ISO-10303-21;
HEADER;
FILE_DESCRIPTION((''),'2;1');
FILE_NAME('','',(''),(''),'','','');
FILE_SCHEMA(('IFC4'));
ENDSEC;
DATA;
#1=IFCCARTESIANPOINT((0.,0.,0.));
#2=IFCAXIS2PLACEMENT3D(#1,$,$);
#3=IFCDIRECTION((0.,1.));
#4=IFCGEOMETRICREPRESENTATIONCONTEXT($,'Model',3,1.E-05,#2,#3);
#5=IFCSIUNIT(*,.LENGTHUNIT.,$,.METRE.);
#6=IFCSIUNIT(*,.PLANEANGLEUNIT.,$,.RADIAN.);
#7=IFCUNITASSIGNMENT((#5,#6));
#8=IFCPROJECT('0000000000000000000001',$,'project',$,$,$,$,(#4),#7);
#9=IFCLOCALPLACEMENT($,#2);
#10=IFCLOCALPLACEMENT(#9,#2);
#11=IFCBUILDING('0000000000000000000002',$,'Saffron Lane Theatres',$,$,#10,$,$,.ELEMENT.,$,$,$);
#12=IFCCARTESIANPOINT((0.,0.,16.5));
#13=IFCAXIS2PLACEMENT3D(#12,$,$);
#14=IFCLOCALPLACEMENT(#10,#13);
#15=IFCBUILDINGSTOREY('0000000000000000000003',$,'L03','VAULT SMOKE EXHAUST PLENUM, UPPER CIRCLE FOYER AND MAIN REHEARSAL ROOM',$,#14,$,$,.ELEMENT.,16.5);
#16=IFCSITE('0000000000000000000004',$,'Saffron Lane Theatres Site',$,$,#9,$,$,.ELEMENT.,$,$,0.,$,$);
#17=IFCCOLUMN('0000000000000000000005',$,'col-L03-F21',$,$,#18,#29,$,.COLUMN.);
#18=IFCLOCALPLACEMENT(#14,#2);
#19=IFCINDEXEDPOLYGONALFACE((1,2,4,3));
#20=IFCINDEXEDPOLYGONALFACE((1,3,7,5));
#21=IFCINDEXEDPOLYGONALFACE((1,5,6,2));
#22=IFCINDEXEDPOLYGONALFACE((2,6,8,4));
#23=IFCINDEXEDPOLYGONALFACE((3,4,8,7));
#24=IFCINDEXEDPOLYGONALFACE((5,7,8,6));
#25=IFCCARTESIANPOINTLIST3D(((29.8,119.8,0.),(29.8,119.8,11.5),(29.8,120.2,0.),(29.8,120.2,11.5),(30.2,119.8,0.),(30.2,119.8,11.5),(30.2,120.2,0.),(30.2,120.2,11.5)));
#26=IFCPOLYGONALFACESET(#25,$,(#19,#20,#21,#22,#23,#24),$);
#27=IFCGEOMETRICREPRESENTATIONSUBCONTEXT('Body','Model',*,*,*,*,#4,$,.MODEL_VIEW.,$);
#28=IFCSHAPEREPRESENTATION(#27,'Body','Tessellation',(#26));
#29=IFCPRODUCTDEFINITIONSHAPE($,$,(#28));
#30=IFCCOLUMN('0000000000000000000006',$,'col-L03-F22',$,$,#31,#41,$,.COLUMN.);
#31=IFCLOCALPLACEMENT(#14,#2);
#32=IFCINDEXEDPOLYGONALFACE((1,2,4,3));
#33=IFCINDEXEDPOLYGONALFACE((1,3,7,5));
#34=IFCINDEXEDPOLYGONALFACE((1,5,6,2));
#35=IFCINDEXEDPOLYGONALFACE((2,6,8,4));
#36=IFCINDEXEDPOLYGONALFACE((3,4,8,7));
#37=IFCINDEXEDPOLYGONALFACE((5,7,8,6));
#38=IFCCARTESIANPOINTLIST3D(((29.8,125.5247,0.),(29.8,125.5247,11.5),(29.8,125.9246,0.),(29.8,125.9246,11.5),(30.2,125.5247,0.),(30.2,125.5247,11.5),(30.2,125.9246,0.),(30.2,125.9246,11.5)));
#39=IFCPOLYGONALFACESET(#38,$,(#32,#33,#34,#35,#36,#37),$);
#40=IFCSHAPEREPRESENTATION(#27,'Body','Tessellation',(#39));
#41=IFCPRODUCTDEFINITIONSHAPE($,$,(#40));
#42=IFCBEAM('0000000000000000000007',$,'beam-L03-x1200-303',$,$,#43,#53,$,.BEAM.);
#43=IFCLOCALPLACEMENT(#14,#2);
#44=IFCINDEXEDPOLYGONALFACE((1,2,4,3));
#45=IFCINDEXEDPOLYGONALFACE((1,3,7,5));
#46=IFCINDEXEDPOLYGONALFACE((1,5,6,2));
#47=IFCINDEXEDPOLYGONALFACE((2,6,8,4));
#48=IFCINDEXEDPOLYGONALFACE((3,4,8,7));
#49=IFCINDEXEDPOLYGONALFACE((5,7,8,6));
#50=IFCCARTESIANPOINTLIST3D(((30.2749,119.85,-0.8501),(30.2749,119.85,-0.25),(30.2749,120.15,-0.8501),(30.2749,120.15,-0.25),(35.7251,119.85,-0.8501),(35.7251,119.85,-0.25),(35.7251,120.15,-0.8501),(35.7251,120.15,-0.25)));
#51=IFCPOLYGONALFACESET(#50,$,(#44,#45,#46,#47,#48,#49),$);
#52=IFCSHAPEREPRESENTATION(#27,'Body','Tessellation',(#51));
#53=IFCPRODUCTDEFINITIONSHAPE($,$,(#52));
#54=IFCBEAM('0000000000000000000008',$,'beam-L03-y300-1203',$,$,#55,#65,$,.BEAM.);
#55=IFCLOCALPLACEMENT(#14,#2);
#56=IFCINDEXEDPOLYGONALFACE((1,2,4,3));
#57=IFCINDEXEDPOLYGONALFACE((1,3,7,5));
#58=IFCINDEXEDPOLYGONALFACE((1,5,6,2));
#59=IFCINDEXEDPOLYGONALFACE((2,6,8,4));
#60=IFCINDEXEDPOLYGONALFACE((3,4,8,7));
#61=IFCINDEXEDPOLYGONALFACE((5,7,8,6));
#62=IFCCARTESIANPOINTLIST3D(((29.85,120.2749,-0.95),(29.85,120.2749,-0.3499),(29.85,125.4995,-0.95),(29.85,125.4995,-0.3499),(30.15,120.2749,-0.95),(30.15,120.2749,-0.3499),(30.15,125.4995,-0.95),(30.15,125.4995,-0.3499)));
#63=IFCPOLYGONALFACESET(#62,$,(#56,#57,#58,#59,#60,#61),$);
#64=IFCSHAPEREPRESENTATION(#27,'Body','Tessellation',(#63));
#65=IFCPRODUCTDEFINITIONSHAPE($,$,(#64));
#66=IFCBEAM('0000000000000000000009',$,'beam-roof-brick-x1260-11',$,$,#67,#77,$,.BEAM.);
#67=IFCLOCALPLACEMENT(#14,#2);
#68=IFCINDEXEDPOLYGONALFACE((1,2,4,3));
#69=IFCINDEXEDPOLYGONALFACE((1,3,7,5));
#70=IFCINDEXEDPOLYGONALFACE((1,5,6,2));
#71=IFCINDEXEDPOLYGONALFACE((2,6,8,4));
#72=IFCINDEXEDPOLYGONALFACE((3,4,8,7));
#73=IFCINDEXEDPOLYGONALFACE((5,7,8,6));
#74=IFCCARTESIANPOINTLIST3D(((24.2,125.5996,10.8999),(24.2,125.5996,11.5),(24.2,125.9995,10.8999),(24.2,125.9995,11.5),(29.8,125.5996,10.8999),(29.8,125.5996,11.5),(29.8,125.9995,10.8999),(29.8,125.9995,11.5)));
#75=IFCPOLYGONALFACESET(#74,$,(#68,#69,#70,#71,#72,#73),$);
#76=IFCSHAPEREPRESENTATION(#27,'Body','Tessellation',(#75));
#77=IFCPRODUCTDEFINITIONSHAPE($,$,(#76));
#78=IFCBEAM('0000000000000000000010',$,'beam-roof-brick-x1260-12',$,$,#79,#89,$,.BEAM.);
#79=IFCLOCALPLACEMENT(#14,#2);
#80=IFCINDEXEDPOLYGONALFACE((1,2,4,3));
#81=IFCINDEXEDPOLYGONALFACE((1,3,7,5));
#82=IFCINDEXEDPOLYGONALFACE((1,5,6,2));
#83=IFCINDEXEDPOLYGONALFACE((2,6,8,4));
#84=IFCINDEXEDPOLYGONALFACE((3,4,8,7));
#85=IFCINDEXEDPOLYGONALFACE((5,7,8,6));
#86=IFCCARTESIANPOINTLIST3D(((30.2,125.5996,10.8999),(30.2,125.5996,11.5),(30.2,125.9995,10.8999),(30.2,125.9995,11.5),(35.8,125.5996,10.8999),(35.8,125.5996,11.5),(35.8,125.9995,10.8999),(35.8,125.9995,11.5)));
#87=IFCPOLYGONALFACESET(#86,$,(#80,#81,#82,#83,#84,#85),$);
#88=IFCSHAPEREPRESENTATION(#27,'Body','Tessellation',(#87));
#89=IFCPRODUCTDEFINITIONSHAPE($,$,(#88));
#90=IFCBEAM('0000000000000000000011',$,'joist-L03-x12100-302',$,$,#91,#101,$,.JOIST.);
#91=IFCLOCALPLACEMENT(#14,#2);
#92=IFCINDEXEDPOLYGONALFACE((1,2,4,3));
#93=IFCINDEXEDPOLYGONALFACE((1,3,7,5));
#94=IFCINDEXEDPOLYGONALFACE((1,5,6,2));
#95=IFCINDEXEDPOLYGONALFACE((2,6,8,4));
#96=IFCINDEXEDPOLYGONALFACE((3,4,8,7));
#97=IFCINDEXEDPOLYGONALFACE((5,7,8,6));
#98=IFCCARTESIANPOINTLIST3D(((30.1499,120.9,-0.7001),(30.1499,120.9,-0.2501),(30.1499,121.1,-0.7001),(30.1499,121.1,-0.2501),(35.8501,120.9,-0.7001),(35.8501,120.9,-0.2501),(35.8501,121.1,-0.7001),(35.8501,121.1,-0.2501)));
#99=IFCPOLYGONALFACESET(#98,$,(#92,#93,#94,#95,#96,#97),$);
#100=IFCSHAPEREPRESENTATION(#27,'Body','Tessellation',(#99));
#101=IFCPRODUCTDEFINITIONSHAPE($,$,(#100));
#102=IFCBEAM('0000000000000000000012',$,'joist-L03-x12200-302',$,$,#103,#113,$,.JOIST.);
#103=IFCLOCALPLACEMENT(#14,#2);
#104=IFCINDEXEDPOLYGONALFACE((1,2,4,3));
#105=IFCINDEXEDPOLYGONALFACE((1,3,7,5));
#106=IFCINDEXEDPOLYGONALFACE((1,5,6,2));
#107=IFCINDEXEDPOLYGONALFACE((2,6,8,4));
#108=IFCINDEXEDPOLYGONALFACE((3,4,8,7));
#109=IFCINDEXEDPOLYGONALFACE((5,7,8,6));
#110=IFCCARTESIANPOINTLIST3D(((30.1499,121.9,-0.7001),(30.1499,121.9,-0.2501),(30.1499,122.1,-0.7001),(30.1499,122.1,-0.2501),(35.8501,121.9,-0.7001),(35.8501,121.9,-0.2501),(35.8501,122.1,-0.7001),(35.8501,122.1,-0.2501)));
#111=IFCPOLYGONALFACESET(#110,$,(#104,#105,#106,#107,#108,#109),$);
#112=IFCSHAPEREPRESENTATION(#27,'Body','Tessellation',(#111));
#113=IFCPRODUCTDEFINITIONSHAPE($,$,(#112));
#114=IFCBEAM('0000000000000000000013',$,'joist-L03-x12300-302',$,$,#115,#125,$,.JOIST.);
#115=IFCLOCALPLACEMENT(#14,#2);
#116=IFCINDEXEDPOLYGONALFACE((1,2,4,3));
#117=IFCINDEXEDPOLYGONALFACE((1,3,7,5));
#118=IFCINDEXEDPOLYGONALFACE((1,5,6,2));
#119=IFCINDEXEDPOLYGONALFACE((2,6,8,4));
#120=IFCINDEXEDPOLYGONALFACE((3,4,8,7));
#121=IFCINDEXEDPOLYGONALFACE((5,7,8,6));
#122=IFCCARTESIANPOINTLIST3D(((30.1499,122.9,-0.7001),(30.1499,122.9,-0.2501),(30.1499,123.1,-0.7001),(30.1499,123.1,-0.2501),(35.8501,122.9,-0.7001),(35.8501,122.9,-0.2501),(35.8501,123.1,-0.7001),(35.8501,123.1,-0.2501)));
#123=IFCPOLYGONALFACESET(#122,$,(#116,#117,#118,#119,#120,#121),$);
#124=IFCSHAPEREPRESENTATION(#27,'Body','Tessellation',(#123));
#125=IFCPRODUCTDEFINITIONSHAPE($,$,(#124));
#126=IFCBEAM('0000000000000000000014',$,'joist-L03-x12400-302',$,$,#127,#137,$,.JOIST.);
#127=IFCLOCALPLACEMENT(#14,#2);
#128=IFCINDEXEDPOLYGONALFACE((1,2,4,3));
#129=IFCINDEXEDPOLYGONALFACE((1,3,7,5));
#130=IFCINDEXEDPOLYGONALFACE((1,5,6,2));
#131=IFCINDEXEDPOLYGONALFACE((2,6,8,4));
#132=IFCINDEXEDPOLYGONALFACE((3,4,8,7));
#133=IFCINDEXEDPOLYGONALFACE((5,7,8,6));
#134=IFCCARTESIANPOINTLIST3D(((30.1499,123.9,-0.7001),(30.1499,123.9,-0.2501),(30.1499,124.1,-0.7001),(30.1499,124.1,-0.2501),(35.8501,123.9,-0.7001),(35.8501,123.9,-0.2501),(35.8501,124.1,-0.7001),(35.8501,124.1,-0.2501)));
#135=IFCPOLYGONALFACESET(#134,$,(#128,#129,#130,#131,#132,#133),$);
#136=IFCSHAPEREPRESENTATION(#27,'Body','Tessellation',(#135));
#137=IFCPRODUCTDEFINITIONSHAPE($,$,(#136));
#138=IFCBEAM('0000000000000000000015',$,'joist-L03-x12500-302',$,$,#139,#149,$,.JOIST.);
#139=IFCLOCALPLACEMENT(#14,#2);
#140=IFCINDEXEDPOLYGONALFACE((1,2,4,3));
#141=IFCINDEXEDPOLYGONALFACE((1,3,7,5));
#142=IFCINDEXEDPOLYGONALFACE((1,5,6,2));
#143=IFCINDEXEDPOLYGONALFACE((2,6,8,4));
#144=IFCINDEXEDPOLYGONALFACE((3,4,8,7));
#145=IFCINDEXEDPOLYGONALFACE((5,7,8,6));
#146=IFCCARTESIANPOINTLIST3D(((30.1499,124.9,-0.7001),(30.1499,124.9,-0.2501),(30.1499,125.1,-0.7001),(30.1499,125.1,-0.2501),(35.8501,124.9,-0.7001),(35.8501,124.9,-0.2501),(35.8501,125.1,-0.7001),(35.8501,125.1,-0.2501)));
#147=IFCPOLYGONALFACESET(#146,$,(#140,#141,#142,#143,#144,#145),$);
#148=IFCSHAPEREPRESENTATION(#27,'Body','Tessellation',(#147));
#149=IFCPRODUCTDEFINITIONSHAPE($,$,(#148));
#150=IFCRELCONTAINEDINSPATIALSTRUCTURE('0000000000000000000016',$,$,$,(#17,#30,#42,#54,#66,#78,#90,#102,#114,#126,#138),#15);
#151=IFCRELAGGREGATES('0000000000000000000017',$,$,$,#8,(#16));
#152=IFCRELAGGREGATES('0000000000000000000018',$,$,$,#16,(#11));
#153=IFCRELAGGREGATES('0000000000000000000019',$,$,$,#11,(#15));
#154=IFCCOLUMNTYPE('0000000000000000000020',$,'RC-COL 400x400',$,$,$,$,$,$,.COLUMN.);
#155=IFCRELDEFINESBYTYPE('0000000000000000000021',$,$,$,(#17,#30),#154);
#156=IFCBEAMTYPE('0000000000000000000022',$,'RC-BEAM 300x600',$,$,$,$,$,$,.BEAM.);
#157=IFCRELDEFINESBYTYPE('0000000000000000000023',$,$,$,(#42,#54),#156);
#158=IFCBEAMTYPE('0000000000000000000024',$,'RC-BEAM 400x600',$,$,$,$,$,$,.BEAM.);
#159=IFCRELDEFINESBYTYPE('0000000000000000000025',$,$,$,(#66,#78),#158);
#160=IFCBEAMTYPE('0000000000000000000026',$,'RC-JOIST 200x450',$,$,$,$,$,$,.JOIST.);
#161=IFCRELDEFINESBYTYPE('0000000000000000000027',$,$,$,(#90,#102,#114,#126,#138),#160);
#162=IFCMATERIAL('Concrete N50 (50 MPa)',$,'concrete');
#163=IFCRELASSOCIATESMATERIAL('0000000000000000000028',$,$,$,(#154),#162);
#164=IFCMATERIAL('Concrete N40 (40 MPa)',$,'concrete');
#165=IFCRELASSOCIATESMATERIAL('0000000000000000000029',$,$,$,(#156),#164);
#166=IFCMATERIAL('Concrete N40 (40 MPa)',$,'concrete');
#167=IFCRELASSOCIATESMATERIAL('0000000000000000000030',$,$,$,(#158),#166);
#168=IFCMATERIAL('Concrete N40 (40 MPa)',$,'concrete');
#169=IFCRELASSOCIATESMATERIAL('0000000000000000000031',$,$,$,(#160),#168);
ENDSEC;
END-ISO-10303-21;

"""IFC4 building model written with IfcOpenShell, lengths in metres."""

from ifc_helpers import new_model, si_unit, direction, frame, origin, origin_2d, place, context, subcontext, project, spatial, rectangle, extrude, material, material_profile, profile_set, type_object, element, save


model = new_model("IFC4")

# Units and contexts
model_context = context("Model", 3, precision=1e-05, world=origin(), true_north=direction((0.0, 1.0)))
body_context = subcontext(model_context, "Body", "Model", "MODEL_VIEW")
ifc_project = project(units=[si_unit("LENGTHUNIT", "METRE"), si_unit("PLANEANGLEUNIT", "RADIAN")], contexts=[model_context])

# Site, building, storey
site_placement = place(None, origin())
site = spatial("IfcSite", under=ifc_project, at=site_placement, Name="Saffron Lane Theatres Site", CompositionType="ELEMENT", RefElevation=0.0)
building_placement = place(site_placement, origin())
building = spatial("IfcBuilding", under=site, at=building_placement, Name="Saffron Lane Theatres", CompositionType="ELEMENT")
storey_placement = place(building_placement, frame((0.0, 0.0, 16.5)))
storey = spatial("IfcBuildingStorey", under=building, at=storey_placement, Name="L03", Description="VAULT SMOKE EXHAUST PLENUM, UPPER CIRCLE FOYER AND MAIN REHEARSAL ROOM", CompositionType="ELEMENT", Elevation=16.5)

# Columns
ifc_material_1 = material(Name="Concrete N50 (50 MPa)", Category="concrete")
ifc_material_profile_1 = material_profile(ifc_material_1, rectangle(XDim=0.3999, YDim=0.3999, at=origin_2d()))
ifc_profile_set_1 = profile_set([ifc_material_profile_1], Name="Concrete N50 (50 MPa)")
column_type = type_object("IfcColumnType", Name="RC-COL 400x400", PredefinedType="COLUMN", material=ifc_profile_set_1)
for number, where, z_axis, x_axis, name in (
    (1, (30.0, 120.0, 0.0), (0.0, 0.0, 1.0), (1.0, 0.0, 0.0), "col-L03-F21"),
    (2, (30.0, 125.7246, 0.0), (0.0, 0.0, 1.0), (1.0, 0.0, 0.0), "col-L03-F22"),
):
    element("IfcColumn", number, at=place(storey_placement, frame(where, z_axis=z_axis, x_axis=x_axis)), inside=storey, type_object=column_type, Name=name, PredefinedType="COLUMN", context=body_context, shape_type="SweptSolid", body=[
        extrude(rectangle(XDim=0.3999, YDim=0.3999, at=origin_2d()), origin(), (0.0, 0.0, 1.0), 11.5),
    ])

# Beams
ifc_material_2 = material(Name="Concrete N40 (40 MPa)", Category="concrete")
ifc_material_profile_2 = material_profile(ifc_material_2, rectangle(XDim=0.3, YDim=0.6001, at=origin_2d()))
ifc_profile_set_2 = profile_set([ifc_material_profile_2], Name="Concrete N40 (40 MPa)")
beam_type_1 = type_object("IfcBeamType", Name="RC-BEAM 300x600", PredefinedType="BEAM", material=ifc_profile_set_2)
beam_1_placement = place(storey_placement, frame((30.2749, 120.0, -0.55), z_axis=(1.0, 0.0, 0.0), x_axis=(0.0, 1.0, 0.0)))
element("IfcBeam", 3, at=beam_1_placement, inside=storey, type_object=beam_type_1, Name="beam-L03-x1200-303", PredefinedType="BEAM", context=body_context, shape_type="SweptSolid", body=[
    extrude(rectangle(XDim=0.3, YDim=0.6001, at=origin_2d()), origin(), (0.0, 0.0, 1.0), 5.4502),
])
beam_2_placement = place(storey_placement, frame((30.0, 120.2749, -0.6499), z_axis=(0.0, 1.0, 0.0), x_axis=(-1.0, 0.0, 0.0)))
element("IfcBeam", 4, at=beam_2_placement, inside=storey, type_object=beam_type_1, Name="beam-L03-y300-1203", PredefinedType="BEAM", context=body_context, shape_type="SweptSolid", body=[
    extrude(rectangle(XDim=0.3, YDim=0.6001, at=origin_2d()), origin(), (0.0, 0.0, 1.0), 5.2246),
])
ifc_material_3 = material(Name="Concrete N40 (40 MPa)", Category="concrete")
ifc_material_profile_3 = material_profile(ifc_material_3, rectangle(XDim=0.3999, YDim=0.6001, at=origin_2d()))
ifc_profile_set_3 = profile_set([ifc_material_profile_3], Name="Concrete N40 (40 MPa)")
beam_type_2 = type_object("IfcBeamType", Name="RC-BEAM 400x600", PredefinedType="BEAM", material=ifc_profile_set_3)
for number, where, z_axis, x_axis, name in (
    (5, (24.2, 125.7996, 11.2), (1.0, 0.0, 0.0), (0.0, 1.0, 0.0), "beam-roof-brick-x1260-11"),
    (6, (30.2, 125.7996, 11.2), (1.0, 0.0, 0.0), (0.0, 1.0, 0.0), "beam-roof-brick-x1260-12"),
):
    element("IfcBeam", number, at=place(storey_placement, frame(where, z_axis=z_axis, x_axis=x_axis)), inside=storey, type_object=beam_type_2, Name=name, PredefinedType="BEAM", context=body_context, shape_type="SweptSolid", body=[
        extrude(rectangle(XDim=0.3999, YDim=0.6001, at=origin_2d()), origin(), (0.0, 0.0, 1.0), 5.6001),
    ])
ifc_material_4 = material(Name="Concrete N40 (40 MPa)", Category="concrete")
ifc_material_profile_4 = material_profile(ifc_material_4, rectangle(XDim=0.2, YDim=0.45, at=origin_2d()))
ifc_profile_set_4 = profile_set([ifc_material_profile_4], Name="Concrete N40 (40 MPa)")
beam_type_3 = type_object("IfcBeamType", Name="RC-JOIST 200x450", PredefinedType="JOIST", material=ifc_profile_set_4)
for number, where, z_axis, x_axis, name in (
    (7, (30.1499, 121.0, -0.4751), (1.0, 0.0, 0.0), (0.0, 1.0, 0.0), "joist-L03-x12100-302"),
    (8, (30.1499, 122.0, -0.4751), (1.0, 0.0, 0.0), (0.0, 1.0, 0.0), "joist-L03-x12200-302"),
    (9, (30.1499, 123.0, -0.4751), (1.0, 0.0, 0.0), (0.0, 1.0, 0.0), "joist-L03-x12300-302"),
    (10, (30.1499, 124.0, -0.4751), (1.0, 0.0, 0.0), (0.0, 1.0, 0.0), "joist-L03-x12400-302"),
    (11, (30.1499, 125.0, -0.4751), (1.0, 0.0, 0.0), (0.0, 1.0, 0.0), "joist-L03-x12500-302"),
):
    element("IfcBeam", number, at=place(storey_placement, frame(where, z_axis=z_axis, x_axis=x_axis)), inside=storey, type_object=beam_type_3, Name=name, PredefinedType="JOIST", context=body_context, shape_type="SweptSolid", body=[
        extrude(rectangle(XDim=0.2, YDim=0.45, at=origin_2d()), origin(), (0.0, 0.0, 1.0), 5.7002),
    ])

save(model, "model.ifc")
